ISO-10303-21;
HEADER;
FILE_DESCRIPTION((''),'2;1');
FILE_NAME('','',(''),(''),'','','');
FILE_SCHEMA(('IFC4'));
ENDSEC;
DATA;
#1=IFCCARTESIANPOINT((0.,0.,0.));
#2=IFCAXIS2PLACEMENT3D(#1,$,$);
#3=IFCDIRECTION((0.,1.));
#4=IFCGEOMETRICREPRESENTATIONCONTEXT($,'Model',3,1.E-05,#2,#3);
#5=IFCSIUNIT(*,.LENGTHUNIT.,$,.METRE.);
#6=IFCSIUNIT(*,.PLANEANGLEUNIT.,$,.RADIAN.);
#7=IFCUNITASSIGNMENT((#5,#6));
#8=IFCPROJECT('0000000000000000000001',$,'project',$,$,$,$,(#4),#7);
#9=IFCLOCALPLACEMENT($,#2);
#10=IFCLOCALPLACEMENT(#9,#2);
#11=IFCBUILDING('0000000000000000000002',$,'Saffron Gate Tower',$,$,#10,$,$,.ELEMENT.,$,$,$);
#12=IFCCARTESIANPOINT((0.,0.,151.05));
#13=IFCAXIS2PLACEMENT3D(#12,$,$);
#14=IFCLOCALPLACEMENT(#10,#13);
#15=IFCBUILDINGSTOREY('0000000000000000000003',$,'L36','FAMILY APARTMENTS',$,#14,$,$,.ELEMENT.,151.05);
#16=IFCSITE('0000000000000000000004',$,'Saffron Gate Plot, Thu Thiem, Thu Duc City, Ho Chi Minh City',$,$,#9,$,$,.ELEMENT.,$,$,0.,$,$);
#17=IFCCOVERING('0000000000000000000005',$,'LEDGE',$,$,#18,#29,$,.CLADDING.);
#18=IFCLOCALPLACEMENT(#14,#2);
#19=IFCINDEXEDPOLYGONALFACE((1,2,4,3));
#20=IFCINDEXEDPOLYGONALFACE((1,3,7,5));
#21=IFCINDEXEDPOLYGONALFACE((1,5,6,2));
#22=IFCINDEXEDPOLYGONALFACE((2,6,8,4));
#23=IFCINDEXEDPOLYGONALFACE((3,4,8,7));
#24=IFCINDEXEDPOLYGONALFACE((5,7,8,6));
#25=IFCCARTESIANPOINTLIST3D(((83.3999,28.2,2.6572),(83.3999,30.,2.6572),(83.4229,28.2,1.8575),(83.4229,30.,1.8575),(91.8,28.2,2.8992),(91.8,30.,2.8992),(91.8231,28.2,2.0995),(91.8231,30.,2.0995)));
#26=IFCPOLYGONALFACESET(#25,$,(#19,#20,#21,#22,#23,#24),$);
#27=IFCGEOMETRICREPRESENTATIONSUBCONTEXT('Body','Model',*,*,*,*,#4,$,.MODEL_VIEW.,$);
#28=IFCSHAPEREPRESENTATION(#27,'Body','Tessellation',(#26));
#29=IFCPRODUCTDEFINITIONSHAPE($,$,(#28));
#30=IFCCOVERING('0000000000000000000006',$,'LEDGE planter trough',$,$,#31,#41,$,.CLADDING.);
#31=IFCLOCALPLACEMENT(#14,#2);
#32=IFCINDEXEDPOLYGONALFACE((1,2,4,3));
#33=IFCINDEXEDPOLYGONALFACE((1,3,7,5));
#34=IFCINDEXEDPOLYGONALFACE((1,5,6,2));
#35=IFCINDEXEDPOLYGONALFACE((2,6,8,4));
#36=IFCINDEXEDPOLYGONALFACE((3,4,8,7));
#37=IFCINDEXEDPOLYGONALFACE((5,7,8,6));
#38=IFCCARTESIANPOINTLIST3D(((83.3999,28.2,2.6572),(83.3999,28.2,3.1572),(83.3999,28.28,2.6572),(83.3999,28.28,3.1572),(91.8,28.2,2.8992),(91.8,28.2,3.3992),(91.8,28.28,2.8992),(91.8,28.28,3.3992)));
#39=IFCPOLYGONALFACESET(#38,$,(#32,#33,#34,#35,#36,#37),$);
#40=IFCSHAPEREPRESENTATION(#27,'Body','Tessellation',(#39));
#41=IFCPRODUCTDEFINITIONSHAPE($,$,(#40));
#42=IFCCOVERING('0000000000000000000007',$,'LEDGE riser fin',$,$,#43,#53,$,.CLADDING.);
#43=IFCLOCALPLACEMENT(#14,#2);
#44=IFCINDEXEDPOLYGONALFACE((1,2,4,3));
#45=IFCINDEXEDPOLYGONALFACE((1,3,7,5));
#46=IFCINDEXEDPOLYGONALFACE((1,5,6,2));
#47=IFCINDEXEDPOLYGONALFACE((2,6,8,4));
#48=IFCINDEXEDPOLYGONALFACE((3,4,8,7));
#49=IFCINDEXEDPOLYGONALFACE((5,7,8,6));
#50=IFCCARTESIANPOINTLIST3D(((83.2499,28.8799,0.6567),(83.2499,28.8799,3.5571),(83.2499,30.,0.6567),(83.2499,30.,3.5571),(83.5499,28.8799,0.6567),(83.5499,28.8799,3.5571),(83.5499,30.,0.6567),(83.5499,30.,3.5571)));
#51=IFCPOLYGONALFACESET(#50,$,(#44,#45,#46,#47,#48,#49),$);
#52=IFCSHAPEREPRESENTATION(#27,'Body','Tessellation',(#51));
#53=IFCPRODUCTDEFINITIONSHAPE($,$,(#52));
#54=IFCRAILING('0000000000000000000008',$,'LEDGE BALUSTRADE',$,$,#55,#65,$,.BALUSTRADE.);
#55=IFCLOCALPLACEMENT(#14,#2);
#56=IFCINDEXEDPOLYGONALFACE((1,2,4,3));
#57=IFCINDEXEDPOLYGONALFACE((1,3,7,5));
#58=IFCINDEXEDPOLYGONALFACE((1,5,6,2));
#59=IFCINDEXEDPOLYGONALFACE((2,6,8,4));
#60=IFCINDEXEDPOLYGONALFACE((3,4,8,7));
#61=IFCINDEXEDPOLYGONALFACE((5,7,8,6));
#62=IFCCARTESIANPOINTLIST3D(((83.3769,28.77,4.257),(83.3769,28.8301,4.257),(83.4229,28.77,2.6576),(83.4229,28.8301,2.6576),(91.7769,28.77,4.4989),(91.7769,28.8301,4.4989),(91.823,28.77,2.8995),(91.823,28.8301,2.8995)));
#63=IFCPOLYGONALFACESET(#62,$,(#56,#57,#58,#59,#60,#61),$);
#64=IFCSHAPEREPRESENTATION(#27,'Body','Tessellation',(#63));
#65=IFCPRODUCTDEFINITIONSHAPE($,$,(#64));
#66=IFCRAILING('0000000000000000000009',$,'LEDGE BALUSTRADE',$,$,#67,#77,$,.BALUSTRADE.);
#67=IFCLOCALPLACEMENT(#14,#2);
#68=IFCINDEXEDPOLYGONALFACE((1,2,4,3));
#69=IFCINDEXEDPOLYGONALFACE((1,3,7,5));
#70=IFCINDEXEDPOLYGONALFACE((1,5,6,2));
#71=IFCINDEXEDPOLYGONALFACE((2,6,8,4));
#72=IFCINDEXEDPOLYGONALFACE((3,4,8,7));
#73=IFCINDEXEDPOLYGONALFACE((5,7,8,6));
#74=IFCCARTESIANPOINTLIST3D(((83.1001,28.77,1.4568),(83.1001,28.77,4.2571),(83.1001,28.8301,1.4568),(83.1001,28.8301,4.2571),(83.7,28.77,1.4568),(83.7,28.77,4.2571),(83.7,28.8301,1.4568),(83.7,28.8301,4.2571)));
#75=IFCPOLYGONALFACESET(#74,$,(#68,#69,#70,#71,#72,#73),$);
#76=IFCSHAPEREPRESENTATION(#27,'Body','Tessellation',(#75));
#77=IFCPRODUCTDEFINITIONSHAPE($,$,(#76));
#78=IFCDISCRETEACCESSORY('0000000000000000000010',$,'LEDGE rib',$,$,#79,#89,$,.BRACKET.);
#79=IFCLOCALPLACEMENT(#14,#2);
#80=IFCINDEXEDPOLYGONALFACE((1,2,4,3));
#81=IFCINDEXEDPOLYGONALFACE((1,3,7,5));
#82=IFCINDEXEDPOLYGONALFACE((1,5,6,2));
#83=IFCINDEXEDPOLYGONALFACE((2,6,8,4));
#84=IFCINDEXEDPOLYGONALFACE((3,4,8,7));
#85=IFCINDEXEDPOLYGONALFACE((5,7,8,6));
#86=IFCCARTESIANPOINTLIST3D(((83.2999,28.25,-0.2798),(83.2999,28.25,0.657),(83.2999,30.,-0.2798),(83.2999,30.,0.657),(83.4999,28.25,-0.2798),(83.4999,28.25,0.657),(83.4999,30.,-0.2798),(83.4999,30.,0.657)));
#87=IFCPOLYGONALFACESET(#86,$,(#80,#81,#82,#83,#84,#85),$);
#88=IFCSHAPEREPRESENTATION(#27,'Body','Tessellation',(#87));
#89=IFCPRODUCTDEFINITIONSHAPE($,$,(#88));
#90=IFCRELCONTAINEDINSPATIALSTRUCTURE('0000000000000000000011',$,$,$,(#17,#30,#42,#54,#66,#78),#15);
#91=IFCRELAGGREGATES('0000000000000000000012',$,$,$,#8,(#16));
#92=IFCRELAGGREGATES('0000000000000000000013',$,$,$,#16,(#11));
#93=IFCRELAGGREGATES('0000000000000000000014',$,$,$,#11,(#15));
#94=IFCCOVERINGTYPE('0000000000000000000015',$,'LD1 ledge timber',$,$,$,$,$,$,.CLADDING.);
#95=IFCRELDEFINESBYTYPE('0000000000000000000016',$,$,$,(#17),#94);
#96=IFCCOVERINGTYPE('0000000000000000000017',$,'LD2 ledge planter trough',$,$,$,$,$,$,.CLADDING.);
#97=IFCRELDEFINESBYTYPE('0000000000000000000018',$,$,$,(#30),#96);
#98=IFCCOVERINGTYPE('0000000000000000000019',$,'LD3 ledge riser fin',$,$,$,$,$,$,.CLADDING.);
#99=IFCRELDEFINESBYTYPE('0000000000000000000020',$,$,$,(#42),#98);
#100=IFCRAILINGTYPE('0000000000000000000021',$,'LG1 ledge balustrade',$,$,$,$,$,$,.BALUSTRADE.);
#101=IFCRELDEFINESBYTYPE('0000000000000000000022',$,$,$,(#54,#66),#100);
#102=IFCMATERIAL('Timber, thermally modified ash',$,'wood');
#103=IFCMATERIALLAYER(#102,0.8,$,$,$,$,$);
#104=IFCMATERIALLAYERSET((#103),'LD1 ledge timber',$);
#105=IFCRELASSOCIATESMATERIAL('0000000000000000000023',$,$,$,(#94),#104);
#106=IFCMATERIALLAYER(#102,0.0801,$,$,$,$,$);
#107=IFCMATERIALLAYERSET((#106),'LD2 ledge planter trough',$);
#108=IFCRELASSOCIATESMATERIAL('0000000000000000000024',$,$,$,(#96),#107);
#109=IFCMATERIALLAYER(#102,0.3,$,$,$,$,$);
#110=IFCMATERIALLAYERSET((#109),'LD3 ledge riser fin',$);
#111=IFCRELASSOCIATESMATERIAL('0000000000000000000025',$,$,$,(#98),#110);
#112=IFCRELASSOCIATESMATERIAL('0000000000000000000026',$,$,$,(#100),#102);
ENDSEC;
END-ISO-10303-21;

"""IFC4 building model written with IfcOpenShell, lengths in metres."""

from ifc_helpers import new_model, si_unit, direction, frame, origin, origin_2d, place, context, subcontext, project, spatial, polyline, rectangle, outline, extrude, material, layer, layer_set, type_object, element, save


model = new_model("IFC4")

# Units and contexts
model_context = context("Model", 3, precision=1e-05, world=origin(), true_north=direction((0.0, 1.0)))
body_context = subcontext(model_context, "Body", "Model", "MODEL_VIEW")
ifc_project = project(units=[si_unit("LENGTHUNIT", "METRE"), si_unit("PLANEANGLEUNIT", "RADIAN")], contexts=[model_context])

# Site, building, storey
site_placement = place(None, origin())
site = spatial("IfcSite", under=ifc_project, at=site_placement, Name="Saffron Gate Plot, Thu Thiem, Thu Duc City, Ho Chi Minh City", CompositionType="ELEMENT", RefElevation=0.0)
building_placement = place(site_placement, origin())
building = spatial("IfcBuilding", under=site, at=building_placement, Name="Saffron Gate Tower", CompositionType="ELEMENT")
storey_placement = place(building_placement, frame((0.0, 0.0, 151.05)))
storey = spatial("IfcBuildingStorey", under=building, at=storey_placement, Name="L36", Description="FAMILY APARTMENTS", CompositionType="ELEMENT", Elevation=151.05)

# Coverings
ifc_material_1 = material(Name="Timber, thermally modified ash", Category="wood")
ifc_layer_1 = layer(ifc_material_1, 0.8)
ifc_layer_set_1 = layer_set([ifc_layer_1], Name="LD1 ledge timber")
covering_type_1 = type_object("IfcCoveringType", Name="LD1 ledge timber", PredefinedType="CLADDING", material=ifc_layer_set_1)
covering_1_placement = place(storey_placement, frame((83.3999, 30.0, 2.6572), z_axis=(-0.02879, 0.0, 0.999585), x_axis=(0.999585, 0.0, 0.02879)))
element("IfcCovering", 1, at=covering_1_placement, inside=storey, type_object=covering_type_1, Name="LEDGE", PredefinedType="CLADDING", context=body_context, shape_type="SweptSolid", body=[
    extrude(outline(polyline([(0.0, 0.0), (8.4036, 0.0), (8.4036, -1.8), (0.0, -1.8), (0.0, 0.0)])), origin(), (0.0, 0.0, -1.0), 0.8),
])
ifc_layer_2 = layer(ifc_material_1, 0.0801)
ifc_layer_set_2 = layer_set([ifc_layer_2], Name="LD2 ledge planter trough")
covering_type_2 = type_object("IfcCoveringType", Name="LD2 ledge planter trough", PredefinedType="CLADDING", material=ifc_layer_set_2)
covering_2_placement = place(storey_placement, frame((83.3999, 28.2, 2.6572), z_axis=(0.0, -1.0, 0.0), x_axis=(0.999585, 0.0, 0.02879)))
element("IfcCovering", 2, at=covering_2_placement, inside=storey, type_object=covering_type_2, Name="LEDGE planter trough", PredefinedType="CLADDING", context=body_context, shape_type="SweptSolid", body=[
    extrude(outline(polyline([(0.0, 0.0), (8.4036, 0.0), (8.418, 0.4998), (0.0144, 0.4998), (0.0, 0.0)])), origin(), (0.0, 0.0, -1.0), 0.0801),
])
ifc_layer_3 = layer(ifc_material_1, 0.3)
ifc_layer_set_3 = layer_set([ifc_layer_3], Name="LD3 ledge riser fin")
covering_type_3 = type_object("IfcCoveringType", Name="LD3 ledge riser fin", PredefinedType="CLADDING", material=ifc_layer_set_3)
covering_3_placement = place(storey_placement, frame((83.3999, 29.4399, 0.6567), z_axis=(0.0, 0.0, 1.0), x_axis=(1.0, 0.0, 0.0)))
element("IfcCovering", 3, at=covering_3_placement, inside=storey, type_object=covering_type_3, Name="LEDGE riser fin", PredefinedType="CLADDING", context=body_context, shape_type="SweptSolid", body=[
    extrude(rectangle(XDim=0.3, YDim=1.1201, at=origin_2d()), origin(), (0.0, 0.0, 1.0), 2.9004),
])

# Railings
railing_type = type_object("IfcRailingType", Name="LG1 ledge balustrade", PredefinedType="BALUSTRADE", material=ifc_material_1)
railing_1_placement = place(storey_placement, frame((83.3999, 28.8, 2.6572)))
element("IfcRailing", 4, at=railing_1_placement, inside=storey, type_object=railing_type, Name="LEDGE BALUSTRADE", PredefinedType="BALUSTRADE", context=body_context, shape_type="SweptSolid", body=[
    extrude(rectangle(XDim=0.0601, YDim=1.6001, at=origin_2d()), frame((0.0, 0.0, 0.8), z_axis=(0.999585, 0.0, 0.02879), x_axis=(0.0, 1.0, 0.0)), (0.0, 0.0, 1.0), 8.4036),
])
railing_2_placement = place(storey_placement, frame((83.1001, 28.8, 1.4568)))
element("IfcRailing", 5, at=railing_2_placement, inside=storey, type_object=railing_type, Name="LEDGE BALUSTRADE", PredefinedType="BALUSTRADE", context=body_context, shape_type="SweptSolid", body=[
    extrude(rectangle(XDim=0.0601, YDim=2.8003, at=origin_2d()), frame((0.0, 0.0, 1.4001), z_axis=(1.0, 0.0, 0.0), x_axis=(0.0, 1.0, 0.0)), (0.0, 0.0, 1.0), 0.5999),
])

# Discrete accessory
discrete_accessory_placement = place(storey_placement, frame((83.3999, 29.125, -0.2798), z_axis=(0.0, 0.0, 1.0), x_axis=(1.0, 0.0, 0.0)))
element("IfcDiscreteAccessory", 6, at=discrete_accessory_placement, inside=storey, Name="LEDGE rib", PredefinedType="BRACKET", context=body_context, shape_type="SweptSolid", body=[
    extrude(rectangle(XDim=0.2, YDim=1.75, at=origin_2d()), origin(), (0.0, 0.0, 1.0), 0.9368),
])

save(model, "model.ifc")
